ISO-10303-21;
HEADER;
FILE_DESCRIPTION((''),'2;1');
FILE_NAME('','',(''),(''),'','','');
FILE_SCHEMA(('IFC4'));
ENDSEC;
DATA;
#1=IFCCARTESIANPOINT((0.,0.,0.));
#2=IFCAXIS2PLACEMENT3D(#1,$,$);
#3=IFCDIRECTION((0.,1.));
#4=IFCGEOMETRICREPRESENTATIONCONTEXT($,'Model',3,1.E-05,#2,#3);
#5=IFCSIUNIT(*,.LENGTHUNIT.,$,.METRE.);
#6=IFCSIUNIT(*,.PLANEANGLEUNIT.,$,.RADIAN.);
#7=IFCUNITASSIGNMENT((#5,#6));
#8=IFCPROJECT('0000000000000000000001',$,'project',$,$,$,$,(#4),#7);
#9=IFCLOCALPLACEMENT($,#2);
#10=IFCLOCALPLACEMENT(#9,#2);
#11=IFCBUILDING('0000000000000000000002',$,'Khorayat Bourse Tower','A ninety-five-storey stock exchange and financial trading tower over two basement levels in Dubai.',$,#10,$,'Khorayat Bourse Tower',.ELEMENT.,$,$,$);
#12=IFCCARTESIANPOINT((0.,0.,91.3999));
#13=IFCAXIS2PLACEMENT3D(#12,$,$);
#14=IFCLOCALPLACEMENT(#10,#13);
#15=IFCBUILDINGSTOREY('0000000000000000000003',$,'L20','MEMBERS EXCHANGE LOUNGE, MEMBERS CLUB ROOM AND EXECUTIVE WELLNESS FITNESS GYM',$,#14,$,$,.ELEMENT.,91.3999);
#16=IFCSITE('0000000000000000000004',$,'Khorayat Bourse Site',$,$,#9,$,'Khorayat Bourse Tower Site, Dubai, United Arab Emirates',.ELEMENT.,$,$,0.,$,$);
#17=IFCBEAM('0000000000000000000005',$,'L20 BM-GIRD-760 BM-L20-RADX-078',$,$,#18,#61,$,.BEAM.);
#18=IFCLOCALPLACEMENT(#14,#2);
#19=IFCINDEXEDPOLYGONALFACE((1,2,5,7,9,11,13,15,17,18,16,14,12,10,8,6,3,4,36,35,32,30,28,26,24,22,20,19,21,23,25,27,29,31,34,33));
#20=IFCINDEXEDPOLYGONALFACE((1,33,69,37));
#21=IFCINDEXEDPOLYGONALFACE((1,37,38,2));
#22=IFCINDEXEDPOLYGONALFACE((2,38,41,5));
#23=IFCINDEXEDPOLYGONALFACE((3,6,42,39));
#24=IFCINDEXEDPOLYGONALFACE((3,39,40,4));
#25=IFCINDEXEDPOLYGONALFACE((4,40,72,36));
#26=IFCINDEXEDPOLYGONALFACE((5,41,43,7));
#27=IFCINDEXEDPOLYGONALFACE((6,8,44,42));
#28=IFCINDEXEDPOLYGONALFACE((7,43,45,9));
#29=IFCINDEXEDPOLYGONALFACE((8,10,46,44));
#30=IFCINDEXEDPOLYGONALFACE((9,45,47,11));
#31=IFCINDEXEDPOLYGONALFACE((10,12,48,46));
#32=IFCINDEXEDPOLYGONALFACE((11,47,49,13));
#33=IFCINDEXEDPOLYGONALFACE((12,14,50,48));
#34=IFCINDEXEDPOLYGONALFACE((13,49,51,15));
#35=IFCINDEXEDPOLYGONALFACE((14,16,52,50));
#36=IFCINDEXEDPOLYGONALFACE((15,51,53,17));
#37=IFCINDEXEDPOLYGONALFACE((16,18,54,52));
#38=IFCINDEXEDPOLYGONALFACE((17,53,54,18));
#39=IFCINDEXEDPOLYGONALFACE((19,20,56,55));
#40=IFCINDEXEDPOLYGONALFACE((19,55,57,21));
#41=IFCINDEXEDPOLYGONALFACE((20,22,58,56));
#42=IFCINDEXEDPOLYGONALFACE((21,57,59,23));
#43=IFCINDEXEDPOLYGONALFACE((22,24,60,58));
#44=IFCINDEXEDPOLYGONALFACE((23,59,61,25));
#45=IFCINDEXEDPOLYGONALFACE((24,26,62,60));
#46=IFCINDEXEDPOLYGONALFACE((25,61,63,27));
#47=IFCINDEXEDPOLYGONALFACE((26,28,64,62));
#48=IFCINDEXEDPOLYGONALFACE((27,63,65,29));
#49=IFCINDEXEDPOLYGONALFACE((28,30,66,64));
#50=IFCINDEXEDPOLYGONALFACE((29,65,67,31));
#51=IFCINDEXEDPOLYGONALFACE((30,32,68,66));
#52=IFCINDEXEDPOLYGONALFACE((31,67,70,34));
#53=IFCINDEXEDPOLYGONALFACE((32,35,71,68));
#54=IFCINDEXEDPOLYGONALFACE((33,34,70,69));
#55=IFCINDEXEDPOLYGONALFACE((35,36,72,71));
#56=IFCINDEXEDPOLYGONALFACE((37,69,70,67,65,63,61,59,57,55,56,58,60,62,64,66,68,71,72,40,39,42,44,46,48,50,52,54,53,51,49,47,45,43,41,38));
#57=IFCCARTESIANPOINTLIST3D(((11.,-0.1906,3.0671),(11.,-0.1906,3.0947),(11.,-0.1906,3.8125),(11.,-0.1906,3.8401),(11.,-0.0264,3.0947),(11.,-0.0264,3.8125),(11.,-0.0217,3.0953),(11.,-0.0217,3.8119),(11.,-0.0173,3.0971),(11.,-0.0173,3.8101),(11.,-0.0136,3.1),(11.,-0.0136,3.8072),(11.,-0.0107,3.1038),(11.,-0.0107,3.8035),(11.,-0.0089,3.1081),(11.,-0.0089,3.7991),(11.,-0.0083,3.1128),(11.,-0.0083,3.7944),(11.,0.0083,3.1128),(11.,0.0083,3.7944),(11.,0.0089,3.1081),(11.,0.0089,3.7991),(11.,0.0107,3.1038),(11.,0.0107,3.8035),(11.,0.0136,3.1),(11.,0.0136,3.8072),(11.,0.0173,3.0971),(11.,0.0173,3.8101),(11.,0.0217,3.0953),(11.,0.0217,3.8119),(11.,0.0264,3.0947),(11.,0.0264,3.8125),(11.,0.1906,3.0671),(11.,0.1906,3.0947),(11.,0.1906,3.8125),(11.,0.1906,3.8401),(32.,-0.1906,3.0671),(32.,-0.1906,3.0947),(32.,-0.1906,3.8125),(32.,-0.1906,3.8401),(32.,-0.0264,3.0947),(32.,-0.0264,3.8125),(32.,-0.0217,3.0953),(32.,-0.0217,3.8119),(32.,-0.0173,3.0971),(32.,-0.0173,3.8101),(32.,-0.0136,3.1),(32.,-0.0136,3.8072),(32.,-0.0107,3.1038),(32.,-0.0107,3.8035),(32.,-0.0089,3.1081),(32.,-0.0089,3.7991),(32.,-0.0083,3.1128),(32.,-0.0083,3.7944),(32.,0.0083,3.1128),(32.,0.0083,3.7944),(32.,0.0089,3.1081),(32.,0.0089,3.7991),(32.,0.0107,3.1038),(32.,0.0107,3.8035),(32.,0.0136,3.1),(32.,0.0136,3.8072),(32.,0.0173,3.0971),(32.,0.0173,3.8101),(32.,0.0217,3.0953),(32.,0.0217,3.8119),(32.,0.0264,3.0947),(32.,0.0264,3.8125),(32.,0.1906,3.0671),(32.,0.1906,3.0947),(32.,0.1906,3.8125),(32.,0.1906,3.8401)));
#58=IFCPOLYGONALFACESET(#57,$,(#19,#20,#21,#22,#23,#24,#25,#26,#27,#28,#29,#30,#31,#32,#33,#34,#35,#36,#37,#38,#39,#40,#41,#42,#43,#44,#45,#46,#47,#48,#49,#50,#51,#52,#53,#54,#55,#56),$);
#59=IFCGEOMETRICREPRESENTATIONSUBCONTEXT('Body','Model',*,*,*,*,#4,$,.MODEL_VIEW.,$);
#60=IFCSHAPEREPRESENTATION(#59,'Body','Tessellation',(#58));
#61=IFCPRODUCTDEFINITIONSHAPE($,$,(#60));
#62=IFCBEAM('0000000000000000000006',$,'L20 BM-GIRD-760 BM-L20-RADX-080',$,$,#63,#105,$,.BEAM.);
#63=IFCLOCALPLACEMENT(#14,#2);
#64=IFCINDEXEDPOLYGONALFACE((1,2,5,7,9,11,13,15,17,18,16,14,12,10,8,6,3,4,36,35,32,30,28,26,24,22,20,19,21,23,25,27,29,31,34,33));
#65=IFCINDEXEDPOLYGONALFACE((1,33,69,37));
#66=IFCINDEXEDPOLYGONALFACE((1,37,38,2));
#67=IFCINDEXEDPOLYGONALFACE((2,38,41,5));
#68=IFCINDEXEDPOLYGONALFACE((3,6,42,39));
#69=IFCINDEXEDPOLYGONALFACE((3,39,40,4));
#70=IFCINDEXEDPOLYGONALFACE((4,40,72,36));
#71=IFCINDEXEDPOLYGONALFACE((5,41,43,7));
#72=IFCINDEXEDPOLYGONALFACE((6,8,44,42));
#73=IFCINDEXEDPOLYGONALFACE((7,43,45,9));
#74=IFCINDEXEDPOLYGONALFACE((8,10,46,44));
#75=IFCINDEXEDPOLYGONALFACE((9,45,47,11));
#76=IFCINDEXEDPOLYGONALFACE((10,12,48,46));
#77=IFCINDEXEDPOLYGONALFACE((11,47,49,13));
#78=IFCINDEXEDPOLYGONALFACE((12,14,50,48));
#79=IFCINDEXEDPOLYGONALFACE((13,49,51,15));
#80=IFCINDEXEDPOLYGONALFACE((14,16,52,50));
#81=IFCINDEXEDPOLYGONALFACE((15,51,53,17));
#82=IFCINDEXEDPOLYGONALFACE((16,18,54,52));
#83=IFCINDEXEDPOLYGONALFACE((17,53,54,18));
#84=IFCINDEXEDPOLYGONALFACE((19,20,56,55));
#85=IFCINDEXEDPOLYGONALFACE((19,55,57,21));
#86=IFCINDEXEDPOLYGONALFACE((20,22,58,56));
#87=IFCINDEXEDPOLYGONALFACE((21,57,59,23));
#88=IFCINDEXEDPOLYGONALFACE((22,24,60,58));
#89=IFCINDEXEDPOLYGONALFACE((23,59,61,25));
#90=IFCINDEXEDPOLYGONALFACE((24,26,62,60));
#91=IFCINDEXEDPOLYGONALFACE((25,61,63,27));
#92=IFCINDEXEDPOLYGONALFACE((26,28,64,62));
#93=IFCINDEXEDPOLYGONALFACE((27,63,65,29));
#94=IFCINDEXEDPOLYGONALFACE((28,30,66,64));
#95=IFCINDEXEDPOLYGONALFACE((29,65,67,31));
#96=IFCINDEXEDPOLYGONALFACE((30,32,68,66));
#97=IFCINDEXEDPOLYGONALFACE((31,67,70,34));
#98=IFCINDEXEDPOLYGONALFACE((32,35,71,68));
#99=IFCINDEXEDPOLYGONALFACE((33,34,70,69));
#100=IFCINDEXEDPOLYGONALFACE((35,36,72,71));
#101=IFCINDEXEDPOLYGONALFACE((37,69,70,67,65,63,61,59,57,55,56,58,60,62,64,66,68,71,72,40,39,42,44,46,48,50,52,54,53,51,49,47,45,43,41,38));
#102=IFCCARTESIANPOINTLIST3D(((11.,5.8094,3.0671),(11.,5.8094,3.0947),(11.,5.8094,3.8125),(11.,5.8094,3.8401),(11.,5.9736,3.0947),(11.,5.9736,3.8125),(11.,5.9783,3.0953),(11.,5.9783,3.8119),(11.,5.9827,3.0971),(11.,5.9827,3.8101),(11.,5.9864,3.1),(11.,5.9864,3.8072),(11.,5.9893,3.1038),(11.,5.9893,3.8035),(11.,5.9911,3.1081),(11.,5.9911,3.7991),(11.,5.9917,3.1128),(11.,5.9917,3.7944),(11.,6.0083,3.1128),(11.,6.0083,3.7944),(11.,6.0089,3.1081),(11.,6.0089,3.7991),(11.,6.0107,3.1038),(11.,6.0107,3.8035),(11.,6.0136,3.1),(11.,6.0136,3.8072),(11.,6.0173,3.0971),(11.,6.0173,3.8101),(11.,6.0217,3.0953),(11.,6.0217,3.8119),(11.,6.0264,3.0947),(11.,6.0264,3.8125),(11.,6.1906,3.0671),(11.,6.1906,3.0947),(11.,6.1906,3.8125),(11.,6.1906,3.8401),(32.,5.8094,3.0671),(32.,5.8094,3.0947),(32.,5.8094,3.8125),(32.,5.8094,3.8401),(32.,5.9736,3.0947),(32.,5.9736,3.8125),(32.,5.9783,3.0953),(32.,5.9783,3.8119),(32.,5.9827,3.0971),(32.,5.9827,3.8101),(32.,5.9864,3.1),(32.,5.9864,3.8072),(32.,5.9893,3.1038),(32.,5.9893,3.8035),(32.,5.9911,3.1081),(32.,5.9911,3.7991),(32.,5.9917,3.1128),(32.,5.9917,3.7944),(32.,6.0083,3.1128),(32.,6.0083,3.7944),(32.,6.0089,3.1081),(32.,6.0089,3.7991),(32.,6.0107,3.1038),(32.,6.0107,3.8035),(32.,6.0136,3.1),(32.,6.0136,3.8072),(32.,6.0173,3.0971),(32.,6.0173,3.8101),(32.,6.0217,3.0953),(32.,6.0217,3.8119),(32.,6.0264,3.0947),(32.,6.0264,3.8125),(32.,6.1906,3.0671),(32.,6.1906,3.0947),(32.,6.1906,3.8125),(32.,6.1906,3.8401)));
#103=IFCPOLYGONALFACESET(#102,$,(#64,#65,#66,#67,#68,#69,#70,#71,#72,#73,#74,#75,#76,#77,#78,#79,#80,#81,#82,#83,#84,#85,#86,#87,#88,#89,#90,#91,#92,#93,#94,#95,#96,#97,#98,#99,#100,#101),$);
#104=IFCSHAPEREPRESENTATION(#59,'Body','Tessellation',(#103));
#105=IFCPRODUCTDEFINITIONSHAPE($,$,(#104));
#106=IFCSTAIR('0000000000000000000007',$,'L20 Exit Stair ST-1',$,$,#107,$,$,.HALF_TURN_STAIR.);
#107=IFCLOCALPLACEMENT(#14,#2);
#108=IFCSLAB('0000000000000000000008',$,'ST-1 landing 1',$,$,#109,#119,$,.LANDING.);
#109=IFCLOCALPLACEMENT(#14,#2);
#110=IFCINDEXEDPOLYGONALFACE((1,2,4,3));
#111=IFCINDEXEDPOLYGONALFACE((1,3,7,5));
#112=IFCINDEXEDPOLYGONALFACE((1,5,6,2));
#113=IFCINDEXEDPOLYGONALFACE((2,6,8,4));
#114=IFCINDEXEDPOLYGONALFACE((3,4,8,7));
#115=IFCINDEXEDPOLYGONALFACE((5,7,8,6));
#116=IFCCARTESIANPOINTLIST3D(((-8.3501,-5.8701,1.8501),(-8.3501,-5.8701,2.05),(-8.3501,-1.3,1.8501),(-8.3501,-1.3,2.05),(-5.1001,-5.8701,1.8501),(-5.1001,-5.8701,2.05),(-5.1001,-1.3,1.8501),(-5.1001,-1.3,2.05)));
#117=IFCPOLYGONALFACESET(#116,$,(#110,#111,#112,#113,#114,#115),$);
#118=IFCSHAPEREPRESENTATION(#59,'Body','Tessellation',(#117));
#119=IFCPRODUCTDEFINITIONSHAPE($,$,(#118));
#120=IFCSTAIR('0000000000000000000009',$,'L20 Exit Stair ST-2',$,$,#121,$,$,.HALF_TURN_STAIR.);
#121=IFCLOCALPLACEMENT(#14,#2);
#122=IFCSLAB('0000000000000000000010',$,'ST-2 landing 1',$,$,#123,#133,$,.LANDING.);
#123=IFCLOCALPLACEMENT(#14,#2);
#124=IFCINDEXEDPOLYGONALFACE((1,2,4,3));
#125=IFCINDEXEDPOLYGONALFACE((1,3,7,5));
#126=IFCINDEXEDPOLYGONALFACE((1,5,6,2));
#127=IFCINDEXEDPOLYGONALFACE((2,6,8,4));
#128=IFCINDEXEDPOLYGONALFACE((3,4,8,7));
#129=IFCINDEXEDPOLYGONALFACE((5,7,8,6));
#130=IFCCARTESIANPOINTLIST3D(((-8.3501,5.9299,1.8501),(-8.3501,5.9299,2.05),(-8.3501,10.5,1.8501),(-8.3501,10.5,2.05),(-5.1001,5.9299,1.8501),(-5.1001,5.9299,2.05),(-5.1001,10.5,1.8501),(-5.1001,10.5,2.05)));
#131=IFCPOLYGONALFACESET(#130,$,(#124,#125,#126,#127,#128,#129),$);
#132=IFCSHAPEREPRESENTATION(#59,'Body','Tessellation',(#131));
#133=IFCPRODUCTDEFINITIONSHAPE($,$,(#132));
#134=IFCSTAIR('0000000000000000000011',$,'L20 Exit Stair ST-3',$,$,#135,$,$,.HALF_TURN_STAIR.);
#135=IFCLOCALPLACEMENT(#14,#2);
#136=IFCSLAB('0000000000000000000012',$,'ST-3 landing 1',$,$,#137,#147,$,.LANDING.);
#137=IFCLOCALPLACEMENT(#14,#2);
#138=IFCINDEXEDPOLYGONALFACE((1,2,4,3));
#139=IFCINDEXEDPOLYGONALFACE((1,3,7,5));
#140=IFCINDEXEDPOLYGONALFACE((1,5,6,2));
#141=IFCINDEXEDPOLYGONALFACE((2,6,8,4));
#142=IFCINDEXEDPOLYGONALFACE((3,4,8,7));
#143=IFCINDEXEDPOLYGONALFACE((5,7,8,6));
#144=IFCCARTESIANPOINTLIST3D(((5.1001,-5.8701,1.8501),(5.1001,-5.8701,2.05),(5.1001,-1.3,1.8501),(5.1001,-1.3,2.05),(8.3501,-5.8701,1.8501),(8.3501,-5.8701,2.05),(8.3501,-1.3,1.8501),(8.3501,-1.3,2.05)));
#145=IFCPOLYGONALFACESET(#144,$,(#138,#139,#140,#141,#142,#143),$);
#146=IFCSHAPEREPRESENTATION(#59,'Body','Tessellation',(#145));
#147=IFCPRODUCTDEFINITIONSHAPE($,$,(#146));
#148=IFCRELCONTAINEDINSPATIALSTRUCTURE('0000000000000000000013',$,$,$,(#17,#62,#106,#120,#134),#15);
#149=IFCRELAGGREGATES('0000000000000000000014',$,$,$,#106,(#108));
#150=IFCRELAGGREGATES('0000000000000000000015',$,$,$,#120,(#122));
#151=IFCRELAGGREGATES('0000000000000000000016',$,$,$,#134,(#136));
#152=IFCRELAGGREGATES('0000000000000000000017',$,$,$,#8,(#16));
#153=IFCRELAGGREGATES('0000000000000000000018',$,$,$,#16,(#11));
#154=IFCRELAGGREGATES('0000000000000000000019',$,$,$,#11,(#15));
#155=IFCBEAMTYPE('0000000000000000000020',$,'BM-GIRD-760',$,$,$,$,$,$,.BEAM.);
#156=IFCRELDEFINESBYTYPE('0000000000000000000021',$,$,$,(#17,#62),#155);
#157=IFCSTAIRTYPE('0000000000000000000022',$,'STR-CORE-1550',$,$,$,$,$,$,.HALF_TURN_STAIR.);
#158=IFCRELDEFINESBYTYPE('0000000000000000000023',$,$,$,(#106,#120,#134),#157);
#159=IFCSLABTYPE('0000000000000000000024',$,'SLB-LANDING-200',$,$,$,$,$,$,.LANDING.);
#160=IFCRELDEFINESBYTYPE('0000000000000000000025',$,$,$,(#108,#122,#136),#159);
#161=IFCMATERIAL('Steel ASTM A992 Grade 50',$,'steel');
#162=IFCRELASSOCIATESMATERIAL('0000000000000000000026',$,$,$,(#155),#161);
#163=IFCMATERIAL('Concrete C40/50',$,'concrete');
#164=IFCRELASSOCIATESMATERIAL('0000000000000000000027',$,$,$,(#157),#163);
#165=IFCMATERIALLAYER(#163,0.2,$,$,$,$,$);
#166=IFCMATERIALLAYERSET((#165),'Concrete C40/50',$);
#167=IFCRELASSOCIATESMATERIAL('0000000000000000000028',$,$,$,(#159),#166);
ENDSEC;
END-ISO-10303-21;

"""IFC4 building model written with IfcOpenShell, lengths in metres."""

from ifc_helpers import new_model, si_unit, direction, frame, origin, origin_2d, place, context, subcontext, project, spatial, polyline, i_section, outline, extrude, source, transform, mapped, material, layer, layer_set, material_profile, profile_set, type_object, element, aggregate, save


model = new_model("IFC4")

# Units and contexts
model_context = context("Model", 3, precision=1e-05, world=origin(), true_north=direction((0.0, 1.0)))
body_context = subcontext(model_context, "Body", "Model", "MODEL_VIEW")
ifc_project = project(units=[si_unit("LENGTHUNIT", "METRE"), si_unit("PLANEANGLEUNIT", "RADIAN")], contexts=[model_context])

# Site, building, storey
site_placement = place(None, origin())
site = spatial("IfcSite", under=ifc_project, at=site_placement, Name="Khorayat Bourse Site", LongName="Khorayat Bourse Tower Site, Dubai, United Arab Emirates", CompositionType="ELEMENT", RefElevation=0.0)
building_placement = place(site_placement, origin())
building = spatial("IfcBuilding", under=site, at=building_placement, Name="Khorayat Bourse Tower", Description="A ninety-five-storey stock exchange and financial trading tower over two basement levels in Dubai.", LongName="Khorayat Bourse Tower", CompositionType="ELEMENT")
storey_placement = place(building_placement, frame((0.0, 0.0, 91.3999)))
storey = spatial("IfcBuildingStorey", under=building, at=storey_placement, Name="L20", Description="MEMBERS EXCHANGE LOUNGE, MEMBERS CLUB ROOM AND EXECUTIVE WELLNESS FITNESS GYM", CompositionType="ELEMENT", Elevation=91.3999)

# Beams
ifc_material_1 = material(Name="Steel ASTM A992 Grade 50", Category="steel")
ifc_material_profile_1 = material_profile(ifc_material_1, i_section(OverallWidth=0.3811, OverallDepth=0.7729, WebThickness=0.0166, FlangeThickness=0.0276, FilletRadius=0.0181, at=origin_2d()), Name="W760X257")
ifc_profile_set_1 = profile_set([ifc_material_profile_1], Name="Steel ASTM A992 Grade 50")
beam_type_1 = type_object("IfcBeamType", Name="BM-GIRD-760", PredefinedType="BEAM", material=ifc_profile_set_1)
shared_shape_1 = source(origin(), body_context, "Body", "SweptSolid", [
    extrude(i_section(OverallWidth=0.3811, OverallDepth=0.7729, WebThickness=0.0166, FlangeThickness=0.0276, FilletRadius=0.0181, at=origin_2d()), origin(), (0.0, 0.0, 1.0), 21.0),
])
for number, where, z_axis, x_axis, name in (
    (1, (11.0, 0.0, 3.4536), (1.0, 0.0, 0.0), (0.0, 1.0, 0.0), "L20 BM-GIRD-760 BM-L20-RADX-078"),
    (2, (11.0, 6.0, 3.4536), (1.0, 0.0, 0.0), (0.0, 1.0, 0.0), "L20 BM-GIRD-760 BM-L20-RADX-080"),
):
    element("IfcBeam", number, at=place(storey_placement, frame(where, z_axis=z_axis, x_axis=x_axis)), inside=storey, type_object=beam_type_1, Name=name, PredefinedType="BEAM", context=body_context, shape_type="MappedRepresentation", body=[
        mapped(shared_shape_1, transform((0.0, 0.0, 0.0), scale=1.0)),
    ])

# Stairs, slabs
ifc_material_2 = material(Name="Concrete C40/50", Category="concrete")
stair_type = type_object("IfcStairType", Name="STR-CORE-1550", PredefinedType="HALF_TURN_STAIR", material=ifc_material_2)
stair_1_placement = place(storey_placement, origin())
stair_1 = element("IfcStair", 3, at=stair_1_placement, inside=storey, type_object=stair_type, Name="L20 Exit Stair ST-1", PredefinedType="HALF_TURN_STAIR")
ifc_layer_1 = layer(ifc_material_2, 0.2)
ifc_layer_set_1 = layer_set([ifc_layer_1], Name="Concrete C40/50")
slab_type_1 = type_object("IfcSlabType", Name="SLB-LANDING-200", PredefinedType="LANDING", material=ifc_layer_set_1)
slab_1_placement = place(storey_placement, frame((0.0, 0.0, 1.8501)))
slab_1 = element("IfcSlab", 4, at=slab_1_placement, type_object=slab_type_1, Name="ST-1 landing 1", PredefinedType="LANDING", context=body_context, shape_type="SweptSolid", body=[
    extrude(outline(polyline([(-5.1001, -5.8701), (-5.1001, -1.3), (-8.3501, -1.3), (-8.3501, -5.8701), (-5.1001, -5.8701)])), origin(), (0.0, 0.0, 1.0), 0.2),
])
aggregate(stair_1, [slab_1])
stair_2_placement = place(storey_placement, origin())
stair_2 = element("IfcStair", 5, at=stair_2_placement, inside=storey, type_object=stair_type, Name="L20 Exit Stair ST-2", PredefinedType="HALF_TURN_STAIR")
slab_2_placement = place(storey_placement, frame((0.0, 0.0, 1.8501)))
slab_2 = element("IfcSlab", 6, at=slab_2_placement, type_object=slab_type_1, Name="ST-2 landing 1", PredefinedType="LANDING", context=body_context, shape_type="SweptSolid", body=[
    extrude(outline(polyline([(-5.1001, 5.9299), (-5.1001, 10.5), (-8.3501, 10.5), (-8.3501, 5.9299), (-5.1001, 5.9299)])), origin(), (0.0, 0.0, 1.0), 0.2),
])
aggregate(stair_2, [slab_2])
stair_3_placement = place(storey_placement, origin())
stair_3 = element("IfcStair", 7, at=stair_3_placement, inside=storey, type_object=stair_type, Name="L20 Exit Stair ST-3", PredefinedType="HALF_TURN_STAIR")
slab_3_placement = place(storey_placement, frame((0.0, 0.0, 1.8501)))
slab_3 = element("IfcSlab", 8, at=slab_3_placement, type_object=slab_type_1, Name="ST-3 landing 1", PredefinedType="LANDING", context=body_context, shape_type="SweptSolid", body=[
    extrude(outline(polyline([(8.3501, -5.8701), (8.3501, -1.3), (5.1001, -1.3), (5.1001, -5.8701), (8.3501, -5.8701)])), origin(), (0.0, 0.0, 1.0), 0.2),
])
aggregate(stair_3, [slab_3])

save(model, "model.ifc")
